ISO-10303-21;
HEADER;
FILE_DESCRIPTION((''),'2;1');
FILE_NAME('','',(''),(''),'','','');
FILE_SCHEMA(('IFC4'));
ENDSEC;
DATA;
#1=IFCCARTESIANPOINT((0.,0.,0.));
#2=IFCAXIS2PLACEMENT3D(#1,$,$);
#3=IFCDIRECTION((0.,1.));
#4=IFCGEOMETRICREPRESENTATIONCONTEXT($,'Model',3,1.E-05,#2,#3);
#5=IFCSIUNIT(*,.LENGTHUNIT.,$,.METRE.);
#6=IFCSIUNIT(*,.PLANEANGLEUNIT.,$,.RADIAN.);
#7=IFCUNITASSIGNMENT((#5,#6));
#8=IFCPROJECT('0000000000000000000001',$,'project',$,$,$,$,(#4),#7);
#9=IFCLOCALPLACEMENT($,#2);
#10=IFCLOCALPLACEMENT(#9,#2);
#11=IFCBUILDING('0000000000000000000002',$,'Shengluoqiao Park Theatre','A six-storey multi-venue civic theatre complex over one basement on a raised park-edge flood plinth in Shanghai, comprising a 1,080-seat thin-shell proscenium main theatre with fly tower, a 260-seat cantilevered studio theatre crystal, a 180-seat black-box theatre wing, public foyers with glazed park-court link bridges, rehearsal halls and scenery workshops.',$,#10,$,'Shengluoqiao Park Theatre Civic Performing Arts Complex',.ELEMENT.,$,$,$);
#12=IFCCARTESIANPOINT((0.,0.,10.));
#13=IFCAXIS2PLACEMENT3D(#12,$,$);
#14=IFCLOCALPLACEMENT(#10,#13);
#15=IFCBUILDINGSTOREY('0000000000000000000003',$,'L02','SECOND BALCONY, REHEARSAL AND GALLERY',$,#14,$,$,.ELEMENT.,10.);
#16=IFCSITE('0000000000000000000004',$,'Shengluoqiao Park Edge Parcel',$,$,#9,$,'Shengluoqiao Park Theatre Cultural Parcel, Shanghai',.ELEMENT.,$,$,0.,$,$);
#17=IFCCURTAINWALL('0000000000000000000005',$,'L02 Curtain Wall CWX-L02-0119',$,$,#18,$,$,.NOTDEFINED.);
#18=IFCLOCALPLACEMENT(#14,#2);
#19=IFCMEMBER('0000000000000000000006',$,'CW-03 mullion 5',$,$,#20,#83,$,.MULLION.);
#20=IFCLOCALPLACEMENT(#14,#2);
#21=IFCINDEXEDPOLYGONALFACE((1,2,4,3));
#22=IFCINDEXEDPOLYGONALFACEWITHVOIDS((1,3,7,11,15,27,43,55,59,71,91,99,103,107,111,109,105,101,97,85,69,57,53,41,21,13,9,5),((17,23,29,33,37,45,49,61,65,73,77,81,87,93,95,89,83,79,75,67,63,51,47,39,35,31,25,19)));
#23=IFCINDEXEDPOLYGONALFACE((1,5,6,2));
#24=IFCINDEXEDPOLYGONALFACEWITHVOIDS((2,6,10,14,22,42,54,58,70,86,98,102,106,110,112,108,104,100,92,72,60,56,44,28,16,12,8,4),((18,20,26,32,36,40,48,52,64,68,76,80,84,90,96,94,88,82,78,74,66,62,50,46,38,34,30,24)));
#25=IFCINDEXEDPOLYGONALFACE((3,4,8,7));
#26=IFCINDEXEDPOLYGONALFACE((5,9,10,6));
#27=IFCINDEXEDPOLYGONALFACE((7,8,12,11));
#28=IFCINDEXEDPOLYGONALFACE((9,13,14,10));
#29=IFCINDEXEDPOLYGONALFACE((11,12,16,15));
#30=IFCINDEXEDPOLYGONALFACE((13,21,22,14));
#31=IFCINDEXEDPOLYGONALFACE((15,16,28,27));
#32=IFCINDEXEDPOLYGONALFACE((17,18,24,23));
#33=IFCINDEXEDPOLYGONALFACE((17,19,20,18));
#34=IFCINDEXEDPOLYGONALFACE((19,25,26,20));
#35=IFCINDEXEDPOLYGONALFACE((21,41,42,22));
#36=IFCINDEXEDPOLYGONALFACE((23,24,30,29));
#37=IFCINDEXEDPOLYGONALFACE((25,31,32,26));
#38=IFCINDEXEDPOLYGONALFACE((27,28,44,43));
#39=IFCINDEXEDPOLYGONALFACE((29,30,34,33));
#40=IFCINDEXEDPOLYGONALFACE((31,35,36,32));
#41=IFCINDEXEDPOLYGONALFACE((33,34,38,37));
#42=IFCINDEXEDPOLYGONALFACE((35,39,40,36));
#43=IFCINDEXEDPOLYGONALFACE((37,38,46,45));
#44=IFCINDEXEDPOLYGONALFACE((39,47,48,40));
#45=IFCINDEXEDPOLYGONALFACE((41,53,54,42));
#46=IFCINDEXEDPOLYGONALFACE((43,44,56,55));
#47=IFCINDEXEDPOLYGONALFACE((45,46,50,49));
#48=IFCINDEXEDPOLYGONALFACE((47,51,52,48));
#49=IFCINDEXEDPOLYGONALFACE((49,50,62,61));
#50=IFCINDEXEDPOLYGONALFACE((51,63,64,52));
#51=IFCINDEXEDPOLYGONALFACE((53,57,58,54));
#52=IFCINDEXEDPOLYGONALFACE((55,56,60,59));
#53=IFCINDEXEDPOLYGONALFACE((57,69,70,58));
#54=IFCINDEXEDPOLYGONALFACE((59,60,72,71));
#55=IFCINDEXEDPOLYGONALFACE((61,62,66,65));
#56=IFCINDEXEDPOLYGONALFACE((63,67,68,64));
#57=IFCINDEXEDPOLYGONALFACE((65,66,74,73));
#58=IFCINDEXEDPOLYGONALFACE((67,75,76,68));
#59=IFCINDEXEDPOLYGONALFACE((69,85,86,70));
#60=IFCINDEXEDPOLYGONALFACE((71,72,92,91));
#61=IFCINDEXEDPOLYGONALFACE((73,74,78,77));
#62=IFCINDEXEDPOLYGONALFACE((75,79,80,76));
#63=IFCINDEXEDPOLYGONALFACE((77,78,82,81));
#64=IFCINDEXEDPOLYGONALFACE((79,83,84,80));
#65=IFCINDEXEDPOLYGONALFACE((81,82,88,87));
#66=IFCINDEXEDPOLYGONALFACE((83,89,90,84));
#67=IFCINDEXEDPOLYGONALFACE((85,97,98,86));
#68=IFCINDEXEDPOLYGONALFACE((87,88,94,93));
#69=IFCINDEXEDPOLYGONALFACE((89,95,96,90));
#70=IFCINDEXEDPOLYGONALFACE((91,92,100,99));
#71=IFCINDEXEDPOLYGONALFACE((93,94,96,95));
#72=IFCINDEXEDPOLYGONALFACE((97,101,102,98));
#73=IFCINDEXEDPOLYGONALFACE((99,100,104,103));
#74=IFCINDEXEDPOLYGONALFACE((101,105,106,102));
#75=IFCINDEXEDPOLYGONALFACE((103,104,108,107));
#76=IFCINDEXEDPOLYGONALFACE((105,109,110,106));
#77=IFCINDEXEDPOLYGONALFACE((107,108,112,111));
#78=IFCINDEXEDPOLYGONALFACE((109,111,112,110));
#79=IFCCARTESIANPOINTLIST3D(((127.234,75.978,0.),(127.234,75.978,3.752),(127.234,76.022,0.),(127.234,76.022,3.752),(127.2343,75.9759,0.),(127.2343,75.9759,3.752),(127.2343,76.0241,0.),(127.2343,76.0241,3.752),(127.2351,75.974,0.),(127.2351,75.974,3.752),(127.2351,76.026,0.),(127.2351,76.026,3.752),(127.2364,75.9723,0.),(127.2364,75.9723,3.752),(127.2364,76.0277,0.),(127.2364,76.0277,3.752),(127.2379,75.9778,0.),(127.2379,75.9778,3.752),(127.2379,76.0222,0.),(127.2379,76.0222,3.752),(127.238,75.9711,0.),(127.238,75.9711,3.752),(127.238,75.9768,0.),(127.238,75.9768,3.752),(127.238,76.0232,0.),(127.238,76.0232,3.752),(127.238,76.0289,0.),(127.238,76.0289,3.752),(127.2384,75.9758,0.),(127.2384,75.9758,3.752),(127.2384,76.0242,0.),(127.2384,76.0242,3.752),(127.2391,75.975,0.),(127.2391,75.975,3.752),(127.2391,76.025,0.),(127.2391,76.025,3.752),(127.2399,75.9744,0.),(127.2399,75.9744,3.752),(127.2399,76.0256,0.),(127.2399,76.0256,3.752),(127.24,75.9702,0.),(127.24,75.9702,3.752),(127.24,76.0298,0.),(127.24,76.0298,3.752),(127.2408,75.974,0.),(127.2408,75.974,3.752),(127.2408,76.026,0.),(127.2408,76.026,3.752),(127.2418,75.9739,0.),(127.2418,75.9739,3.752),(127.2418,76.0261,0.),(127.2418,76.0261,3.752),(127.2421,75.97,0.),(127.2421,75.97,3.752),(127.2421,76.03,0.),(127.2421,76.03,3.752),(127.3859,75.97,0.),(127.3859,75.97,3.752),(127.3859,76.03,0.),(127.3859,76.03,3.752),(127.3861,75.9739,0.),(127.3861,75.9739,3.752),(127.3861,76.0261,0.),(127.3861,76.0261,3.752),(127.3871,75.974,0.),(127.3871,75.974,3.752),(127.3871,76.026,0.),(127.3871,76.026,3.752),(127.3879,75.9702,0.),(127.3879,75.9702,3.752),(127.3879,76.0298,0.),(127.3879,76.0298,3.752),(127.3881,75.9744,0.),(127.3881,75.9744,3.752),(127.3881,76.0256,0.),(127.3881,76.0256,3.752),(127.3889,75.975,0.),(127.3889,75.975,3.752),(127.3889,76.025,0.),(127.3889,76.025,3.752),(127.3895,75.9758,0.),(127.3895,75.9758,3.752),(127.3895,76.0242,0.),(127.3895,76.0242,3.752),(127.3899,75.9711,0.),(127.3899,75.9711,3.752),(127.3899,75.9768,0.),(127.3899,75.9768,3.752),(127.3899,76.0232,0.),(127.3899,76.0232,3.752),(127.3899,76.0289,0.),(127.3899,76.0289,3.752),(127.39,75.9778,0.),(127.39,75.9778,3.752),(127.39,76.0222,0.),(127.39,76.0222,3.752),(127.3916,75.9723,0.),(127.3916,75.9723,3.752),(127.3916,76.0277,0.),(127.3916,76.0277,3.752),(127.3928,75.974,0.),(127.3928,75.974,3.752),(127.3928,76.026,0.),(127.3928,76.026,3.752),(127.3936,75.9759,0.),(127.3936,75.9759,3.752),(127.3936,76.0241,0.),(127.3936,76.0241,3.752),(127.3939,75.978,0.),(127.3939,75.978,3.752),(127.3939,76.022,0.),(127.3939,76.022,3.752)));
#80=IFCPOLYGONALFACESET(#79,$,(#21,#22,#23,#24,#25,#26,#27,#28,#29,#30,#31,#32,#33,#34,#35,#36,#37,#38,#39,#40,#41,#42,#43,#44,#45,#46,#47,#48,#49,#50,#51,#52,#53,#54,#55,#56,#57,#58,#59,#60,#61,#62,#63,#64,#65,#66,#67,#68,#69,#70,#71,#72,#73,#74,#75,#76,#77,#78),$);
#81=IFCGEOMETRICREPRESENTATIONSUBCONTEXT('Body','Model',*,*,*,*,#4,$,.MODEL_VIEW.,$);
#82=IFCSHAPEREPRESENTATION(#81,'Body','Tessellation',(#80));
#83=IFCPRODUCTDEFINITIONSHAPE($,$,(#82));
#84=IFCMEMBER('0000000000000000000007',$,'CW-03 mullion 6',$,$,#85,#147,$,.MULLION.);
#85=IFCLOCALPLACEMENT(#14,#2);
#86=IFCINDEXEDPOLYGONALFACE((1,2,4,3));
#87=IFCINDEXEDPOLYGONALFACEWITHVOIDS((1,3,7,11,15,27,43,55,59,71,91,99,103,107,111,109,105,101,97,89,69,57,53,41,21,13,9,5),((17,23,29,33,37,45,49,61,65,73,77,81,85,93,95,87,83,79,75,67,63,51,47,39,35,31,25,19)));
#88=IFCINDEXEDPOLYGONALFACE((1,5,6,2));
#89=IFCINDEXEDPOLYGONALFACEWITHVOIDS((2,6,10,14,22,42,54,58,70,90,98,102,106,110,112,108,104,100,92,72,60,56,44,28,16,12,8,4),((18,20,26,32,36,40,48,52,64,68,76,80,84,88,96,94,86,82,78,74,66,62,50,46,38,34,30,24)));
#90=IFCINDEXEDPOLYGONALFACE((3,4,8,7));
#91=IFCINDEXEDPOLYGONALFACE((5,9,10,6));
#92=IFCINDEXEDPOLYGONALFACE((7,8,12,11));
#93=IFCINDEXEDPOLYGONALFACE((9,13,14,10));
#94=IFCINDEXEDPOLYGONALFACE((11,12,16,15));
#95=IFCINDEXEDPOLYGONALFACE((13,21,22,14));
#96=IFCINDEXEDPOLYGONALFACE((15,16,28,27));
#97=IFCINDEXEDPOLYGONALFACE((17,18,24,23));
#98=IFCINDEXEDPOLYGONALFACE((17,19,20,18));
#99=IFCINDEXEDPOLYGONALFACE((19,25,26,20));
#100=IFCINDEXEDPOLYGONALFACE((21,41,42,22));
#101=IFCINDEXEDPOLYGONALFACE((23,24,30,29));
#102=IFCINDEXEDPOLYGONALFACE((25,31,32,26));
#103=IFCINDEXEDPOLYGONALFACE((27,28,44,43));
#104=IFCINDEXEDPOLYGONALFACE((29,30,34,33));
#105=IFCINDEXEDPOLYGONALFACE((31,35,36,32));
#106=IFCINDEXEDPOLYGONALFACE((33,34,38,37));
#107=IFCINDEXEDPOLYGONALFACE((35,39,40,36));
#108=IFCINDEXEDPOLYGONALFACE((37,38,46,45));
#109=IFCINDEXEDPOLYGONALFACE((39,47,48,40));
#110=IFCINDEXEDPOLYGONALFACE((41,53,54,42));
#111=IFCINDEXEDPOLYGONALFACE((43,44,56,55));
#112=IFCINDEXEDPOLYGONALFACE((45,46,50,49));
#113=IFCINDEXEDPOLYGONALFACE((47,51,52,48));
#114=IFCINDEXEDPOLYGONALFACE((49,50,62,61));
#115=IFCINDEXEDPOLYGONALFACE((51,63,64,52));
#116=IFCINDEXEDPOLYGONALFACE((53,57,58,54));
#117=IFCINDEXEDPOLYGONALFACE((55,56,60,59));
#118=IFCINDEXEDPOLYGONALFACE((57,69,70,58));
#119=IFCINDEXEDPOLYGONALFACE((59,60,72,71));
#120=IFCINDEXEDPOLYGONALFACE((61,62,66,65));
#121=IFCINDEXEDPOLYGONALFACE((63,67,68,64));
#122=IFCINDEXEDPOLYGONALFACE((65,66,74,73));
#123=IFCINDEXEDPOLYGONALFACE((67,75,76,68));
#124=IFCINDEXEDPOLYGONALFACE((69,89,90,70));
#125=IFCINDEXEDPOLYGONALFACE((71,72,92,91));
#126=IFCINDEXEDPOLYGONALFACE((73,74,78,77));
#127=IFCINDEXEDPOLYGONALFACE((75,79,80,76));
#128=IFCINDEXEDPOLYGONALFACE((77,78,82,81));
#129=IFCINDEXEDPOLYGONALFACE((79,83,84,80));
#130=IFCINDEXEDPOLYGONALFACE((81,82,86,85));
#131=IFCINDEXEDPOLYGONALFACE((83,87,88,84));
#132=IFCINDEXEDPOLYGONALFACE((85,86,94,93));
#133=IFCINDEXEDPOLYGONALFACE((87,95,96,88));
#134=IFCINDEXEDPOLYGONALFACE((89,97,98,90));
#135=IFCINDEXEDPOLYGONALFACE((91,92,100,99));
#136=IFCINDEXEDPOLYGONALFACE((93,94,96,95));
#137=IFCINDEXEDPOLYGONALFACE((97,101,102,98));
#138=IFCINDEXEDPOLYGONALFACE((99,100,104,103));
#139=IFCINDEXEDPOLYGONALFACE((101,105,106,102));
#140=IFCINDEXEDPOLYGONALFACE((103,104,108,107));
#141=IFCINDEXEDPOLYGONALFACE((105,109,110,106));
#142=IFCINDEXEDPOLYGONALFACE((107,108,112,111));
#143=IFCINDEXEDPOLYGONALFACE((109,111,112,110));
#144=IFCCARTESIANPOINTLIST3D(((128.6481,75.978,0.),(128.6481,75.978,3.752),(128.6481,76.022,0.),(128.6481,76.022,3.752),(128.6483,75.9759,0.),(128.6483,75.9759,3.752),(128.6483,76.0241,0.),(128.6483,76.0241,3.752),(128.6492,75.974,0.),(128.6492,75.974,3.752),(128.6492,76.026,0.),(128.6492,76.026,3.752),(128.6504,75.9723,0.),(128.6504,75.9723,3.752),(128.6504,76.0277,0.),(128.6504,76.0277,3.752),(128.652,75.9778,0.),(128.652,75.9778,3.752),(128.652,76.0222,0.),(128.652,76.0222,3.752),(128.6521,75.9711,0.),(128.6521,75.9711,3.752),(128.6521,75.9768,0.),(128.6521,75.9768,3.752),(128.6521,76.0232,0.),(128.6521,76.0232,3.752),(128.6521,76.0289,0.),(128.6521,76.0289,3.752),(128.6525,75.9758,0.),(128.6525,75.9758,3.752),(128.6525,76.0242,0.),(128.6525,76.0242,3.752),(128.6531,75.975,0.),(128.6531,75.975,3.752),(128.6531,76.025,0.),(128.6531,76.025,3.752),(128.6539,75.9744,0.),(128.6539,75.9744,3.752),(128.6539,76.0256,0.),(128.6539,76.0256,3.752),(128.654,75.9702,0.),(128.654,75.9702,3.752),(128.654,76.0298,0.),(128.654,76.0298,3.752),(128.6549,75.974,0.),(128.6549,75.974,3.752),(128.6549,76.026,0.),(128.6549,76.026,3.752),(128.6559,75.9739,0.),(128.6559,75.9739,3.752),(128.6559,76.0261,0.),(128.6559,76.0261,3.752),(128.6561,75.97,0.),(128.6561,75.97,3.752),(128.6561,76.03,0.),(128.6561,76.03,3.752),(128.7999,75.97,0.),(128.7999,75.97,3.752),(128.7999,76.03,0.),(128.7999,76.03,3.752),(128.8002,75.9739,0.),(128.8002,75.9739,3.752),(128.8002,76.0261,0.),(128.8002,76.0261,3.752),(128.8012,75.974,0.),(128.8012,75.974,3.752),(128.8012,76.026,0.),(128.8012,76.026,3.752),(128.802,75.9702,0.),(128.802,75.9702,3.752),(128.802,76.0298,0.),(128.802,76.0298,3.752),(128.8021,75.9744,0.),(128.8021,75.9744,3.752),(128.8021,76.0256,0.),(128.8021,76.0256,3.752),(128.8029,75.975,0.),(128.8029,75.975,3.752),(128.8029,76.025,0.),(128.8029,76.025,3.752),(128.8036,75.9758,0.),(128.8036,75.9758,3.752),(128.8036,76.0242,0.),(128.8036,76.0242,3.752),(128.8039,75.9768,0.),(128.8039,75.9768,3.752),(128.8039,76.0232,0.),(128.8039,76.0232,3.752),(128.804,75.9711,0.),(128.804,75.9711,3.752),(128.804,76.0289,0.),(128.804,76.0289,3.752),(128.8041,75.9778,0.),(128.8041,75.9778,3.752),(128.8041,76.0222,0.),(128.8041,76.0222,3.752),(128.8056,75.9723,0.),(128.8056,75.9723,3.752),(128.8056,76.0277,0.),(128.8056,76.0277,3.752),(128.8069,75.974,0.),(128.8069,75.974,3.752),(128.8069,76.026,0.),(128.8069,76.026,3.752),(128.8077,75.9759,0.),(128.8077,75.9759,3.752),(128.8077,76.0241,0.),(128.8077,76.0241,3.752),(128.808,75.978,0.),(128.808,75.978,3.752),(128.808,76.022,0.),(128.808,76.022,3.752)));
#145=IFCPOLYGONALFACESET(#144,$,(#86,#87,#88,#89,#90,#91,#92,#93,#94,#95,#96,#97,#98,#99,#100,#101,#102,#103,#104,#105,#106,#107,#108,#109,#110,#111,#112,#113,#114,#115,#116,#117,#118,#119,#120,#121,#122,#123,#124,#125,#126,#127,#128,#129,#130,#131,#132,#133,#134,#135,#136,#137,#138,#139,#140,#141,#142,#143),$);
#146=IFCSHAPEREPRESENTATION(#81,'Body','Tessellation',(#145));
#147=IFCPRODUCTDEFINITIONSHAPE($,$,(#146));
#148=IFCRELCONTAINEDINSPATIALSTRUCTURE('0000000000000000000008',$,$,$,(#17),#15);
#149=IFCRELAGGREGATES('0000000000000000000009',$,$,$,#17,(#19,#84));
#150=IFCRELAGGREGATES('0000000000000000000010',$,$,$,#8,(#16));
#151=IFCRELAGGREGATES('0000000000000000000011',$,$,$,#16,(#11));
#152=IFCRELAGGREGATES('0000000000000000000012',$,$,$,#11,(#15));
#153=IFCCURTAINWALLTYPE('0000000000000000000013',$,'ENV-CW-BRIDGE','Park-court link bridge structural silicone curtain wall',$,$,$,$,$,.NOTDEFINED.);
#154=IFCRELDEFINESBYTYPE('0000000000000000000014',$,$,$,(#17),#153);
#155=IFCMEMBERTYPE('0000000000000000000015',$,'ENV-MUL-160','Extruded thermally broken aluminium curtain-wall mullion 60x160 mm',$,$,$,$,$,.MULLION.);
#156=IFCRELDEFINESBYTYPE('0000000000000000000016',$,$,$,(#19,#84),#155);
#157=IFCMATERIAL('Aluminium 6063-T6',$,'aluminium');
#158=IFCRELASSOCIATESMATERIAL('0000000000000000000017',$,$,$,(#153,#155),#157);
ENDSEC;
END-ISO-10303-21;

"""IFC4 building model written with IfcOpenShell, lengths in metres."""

from ifc_helpers import new_model, si_unit, direction, frame, origin, origin_2d, place, context, subcontext, project, spatial, hollow_rectangle, extrude, material, material_profile, profile_set, type_object, element, aggregate, save


model = new_model("IFC4")

# Units and contexts
model_context = context("Model", 3, precision=1e-05, world=origin(), true_north=direction((0.0, 1.0)))
body_context = subcontext(model_context, "Body", "Model", "MODEL_VIEW")
ifc_project = project(units=[si_unit("LENGTHUNIT", "METRE"), si_unit("PLANEANGLEUNIT", "RADIAN")], contexts=[model_context])

# Site, building, storey
site_placement = place(None, origin())
site = spatial("IfcSite", under=ifc_project, at=site_placement, Name="Shengluoqiao Park Edge Parcel", LongName="Shengluoqiao Park Theatre Cultural Parcel, Shanghai", CompositionType="ELEMENT", RefElevation=0.0)
building_placement = place(site_placement, origin())
building = spatial("IfcBuilding", under=site, at=building_placement, Name="Shengluoqiao Park Theatre", Description="A six-storey multi-venue civic theatre complex over one basement on a raised park-edge flood plinth in Shanghai, comprising a 1,080-seat thin-shell proscenium main theatre with fly tower, a 260-seat cantilevered studio theatre crystal, a 180-seat black-box theatre wing, public foyers with glazed park-court link bridges, rehearsal halls and scenery workshops.", LongName="Shengluoqiao Park Theatre Civic Performing Arts Complex", CompositionType="ELEMENT")
storey_placement = place(building_placement, frame((0.0, 0.0, 10.0)))
storey = spatial("IfcBuildingStorey", under=building, at=storey_placement, Name="L02", Description="SECOND BALCONY, REHEARSAL AND GALLERY", CompositionType="ELEMENT", Elevation=10.0)

# Curtain wall, members
ifc_material_1 = material(Name="Aluminium 6063-T6", Category="aluminium")
curtain_wall_type = type_object("IfcCurtainWallType", Name="ENV-CW-BRIDGE", Description="Park-court link bridge structural silicone curtain wall", PredefinedType="NOTDEFINED", material=ifc_material_1)
curtain_wall_placement = place(storey_placement, origin())
curtain_wall = element("IfcCurtainWall", 1, at=curtain_wall_placement, inside=storey, type_object=curtain_wall_type, Name="L02 Curtain Wall CWX-L02-0119", PredefinedType="NOTDEFINED")
ifc_material_profile_1 = material_profile(ifc_material_1, hollow_rectangle(XDim=0.0601, YDim=0.1599, WallThickness=0.0039, InnerFilletRadius=0.0039, OuterFilletRadius=0.0081, at=origin_2d()), Name="ALU MULLION 160x60x4")
ifc_profile_set_1 = profile_set([ifc_material_profile_1], Name="Aluminium 6063-T6")
member_type_1 = type_object("IfcMemberType", Name="ENV-MUL-160", Description="Extruded thermally broken aluminium curtain-wall mullion 60x160 mm", PredefinedType="MULLION", material=ifc_profile_set_1)
member_1_placement = place(storey_placement, frame((127.314, 76.0, 0.0), z_axis=(0.0, 0.0, 1.0), x_axis=(0.0, 1.0, 0.0)))
member_1 = element("IfcMember", 2, at=member_1_placement, type_object=member_type_1, Name="CW-03 mullion 5", PredefinedType="MULLION", context=body_context, shape_type="SweptSolid", body=[
    extrude(hollow_rectangle(XDim=0.0601, YDim=0.1599, WallThickness=0.0039, InnerFilletRadius=0.0039, OuterFilletRadius=0.0081, at=origin_2d()), origin(), (0.0, 0.0, 1.0), 3.752),
])
member_2_placement = place(storey_placement, frame((128.728, 76.0, 0.0), z_axis=(0.0, 0.0, 1.0), x_axis=(0.0, 1.0, 0.0)))
member_2 = element("IfcMember", 3, at=member_2_placement, type_object=member_type_1, Name="CW-03 mullion 6", PredefinedType="MULLION", context=body_context, shape_type="SweptSolid", body=[
    extrude(hollow_rectangle(XDim=0.0601, YDim=0.1599, WallThickness=0.0039, InnerFilletRadius=0.0039, OuterFilletRadius=0.0081, at=origin_2d()), origin(), (0.0, 0.0, 1.0), 3.752),
])
aggregate(curtain_wall, [member_1, member_2])

save(model, "model.ifc")
